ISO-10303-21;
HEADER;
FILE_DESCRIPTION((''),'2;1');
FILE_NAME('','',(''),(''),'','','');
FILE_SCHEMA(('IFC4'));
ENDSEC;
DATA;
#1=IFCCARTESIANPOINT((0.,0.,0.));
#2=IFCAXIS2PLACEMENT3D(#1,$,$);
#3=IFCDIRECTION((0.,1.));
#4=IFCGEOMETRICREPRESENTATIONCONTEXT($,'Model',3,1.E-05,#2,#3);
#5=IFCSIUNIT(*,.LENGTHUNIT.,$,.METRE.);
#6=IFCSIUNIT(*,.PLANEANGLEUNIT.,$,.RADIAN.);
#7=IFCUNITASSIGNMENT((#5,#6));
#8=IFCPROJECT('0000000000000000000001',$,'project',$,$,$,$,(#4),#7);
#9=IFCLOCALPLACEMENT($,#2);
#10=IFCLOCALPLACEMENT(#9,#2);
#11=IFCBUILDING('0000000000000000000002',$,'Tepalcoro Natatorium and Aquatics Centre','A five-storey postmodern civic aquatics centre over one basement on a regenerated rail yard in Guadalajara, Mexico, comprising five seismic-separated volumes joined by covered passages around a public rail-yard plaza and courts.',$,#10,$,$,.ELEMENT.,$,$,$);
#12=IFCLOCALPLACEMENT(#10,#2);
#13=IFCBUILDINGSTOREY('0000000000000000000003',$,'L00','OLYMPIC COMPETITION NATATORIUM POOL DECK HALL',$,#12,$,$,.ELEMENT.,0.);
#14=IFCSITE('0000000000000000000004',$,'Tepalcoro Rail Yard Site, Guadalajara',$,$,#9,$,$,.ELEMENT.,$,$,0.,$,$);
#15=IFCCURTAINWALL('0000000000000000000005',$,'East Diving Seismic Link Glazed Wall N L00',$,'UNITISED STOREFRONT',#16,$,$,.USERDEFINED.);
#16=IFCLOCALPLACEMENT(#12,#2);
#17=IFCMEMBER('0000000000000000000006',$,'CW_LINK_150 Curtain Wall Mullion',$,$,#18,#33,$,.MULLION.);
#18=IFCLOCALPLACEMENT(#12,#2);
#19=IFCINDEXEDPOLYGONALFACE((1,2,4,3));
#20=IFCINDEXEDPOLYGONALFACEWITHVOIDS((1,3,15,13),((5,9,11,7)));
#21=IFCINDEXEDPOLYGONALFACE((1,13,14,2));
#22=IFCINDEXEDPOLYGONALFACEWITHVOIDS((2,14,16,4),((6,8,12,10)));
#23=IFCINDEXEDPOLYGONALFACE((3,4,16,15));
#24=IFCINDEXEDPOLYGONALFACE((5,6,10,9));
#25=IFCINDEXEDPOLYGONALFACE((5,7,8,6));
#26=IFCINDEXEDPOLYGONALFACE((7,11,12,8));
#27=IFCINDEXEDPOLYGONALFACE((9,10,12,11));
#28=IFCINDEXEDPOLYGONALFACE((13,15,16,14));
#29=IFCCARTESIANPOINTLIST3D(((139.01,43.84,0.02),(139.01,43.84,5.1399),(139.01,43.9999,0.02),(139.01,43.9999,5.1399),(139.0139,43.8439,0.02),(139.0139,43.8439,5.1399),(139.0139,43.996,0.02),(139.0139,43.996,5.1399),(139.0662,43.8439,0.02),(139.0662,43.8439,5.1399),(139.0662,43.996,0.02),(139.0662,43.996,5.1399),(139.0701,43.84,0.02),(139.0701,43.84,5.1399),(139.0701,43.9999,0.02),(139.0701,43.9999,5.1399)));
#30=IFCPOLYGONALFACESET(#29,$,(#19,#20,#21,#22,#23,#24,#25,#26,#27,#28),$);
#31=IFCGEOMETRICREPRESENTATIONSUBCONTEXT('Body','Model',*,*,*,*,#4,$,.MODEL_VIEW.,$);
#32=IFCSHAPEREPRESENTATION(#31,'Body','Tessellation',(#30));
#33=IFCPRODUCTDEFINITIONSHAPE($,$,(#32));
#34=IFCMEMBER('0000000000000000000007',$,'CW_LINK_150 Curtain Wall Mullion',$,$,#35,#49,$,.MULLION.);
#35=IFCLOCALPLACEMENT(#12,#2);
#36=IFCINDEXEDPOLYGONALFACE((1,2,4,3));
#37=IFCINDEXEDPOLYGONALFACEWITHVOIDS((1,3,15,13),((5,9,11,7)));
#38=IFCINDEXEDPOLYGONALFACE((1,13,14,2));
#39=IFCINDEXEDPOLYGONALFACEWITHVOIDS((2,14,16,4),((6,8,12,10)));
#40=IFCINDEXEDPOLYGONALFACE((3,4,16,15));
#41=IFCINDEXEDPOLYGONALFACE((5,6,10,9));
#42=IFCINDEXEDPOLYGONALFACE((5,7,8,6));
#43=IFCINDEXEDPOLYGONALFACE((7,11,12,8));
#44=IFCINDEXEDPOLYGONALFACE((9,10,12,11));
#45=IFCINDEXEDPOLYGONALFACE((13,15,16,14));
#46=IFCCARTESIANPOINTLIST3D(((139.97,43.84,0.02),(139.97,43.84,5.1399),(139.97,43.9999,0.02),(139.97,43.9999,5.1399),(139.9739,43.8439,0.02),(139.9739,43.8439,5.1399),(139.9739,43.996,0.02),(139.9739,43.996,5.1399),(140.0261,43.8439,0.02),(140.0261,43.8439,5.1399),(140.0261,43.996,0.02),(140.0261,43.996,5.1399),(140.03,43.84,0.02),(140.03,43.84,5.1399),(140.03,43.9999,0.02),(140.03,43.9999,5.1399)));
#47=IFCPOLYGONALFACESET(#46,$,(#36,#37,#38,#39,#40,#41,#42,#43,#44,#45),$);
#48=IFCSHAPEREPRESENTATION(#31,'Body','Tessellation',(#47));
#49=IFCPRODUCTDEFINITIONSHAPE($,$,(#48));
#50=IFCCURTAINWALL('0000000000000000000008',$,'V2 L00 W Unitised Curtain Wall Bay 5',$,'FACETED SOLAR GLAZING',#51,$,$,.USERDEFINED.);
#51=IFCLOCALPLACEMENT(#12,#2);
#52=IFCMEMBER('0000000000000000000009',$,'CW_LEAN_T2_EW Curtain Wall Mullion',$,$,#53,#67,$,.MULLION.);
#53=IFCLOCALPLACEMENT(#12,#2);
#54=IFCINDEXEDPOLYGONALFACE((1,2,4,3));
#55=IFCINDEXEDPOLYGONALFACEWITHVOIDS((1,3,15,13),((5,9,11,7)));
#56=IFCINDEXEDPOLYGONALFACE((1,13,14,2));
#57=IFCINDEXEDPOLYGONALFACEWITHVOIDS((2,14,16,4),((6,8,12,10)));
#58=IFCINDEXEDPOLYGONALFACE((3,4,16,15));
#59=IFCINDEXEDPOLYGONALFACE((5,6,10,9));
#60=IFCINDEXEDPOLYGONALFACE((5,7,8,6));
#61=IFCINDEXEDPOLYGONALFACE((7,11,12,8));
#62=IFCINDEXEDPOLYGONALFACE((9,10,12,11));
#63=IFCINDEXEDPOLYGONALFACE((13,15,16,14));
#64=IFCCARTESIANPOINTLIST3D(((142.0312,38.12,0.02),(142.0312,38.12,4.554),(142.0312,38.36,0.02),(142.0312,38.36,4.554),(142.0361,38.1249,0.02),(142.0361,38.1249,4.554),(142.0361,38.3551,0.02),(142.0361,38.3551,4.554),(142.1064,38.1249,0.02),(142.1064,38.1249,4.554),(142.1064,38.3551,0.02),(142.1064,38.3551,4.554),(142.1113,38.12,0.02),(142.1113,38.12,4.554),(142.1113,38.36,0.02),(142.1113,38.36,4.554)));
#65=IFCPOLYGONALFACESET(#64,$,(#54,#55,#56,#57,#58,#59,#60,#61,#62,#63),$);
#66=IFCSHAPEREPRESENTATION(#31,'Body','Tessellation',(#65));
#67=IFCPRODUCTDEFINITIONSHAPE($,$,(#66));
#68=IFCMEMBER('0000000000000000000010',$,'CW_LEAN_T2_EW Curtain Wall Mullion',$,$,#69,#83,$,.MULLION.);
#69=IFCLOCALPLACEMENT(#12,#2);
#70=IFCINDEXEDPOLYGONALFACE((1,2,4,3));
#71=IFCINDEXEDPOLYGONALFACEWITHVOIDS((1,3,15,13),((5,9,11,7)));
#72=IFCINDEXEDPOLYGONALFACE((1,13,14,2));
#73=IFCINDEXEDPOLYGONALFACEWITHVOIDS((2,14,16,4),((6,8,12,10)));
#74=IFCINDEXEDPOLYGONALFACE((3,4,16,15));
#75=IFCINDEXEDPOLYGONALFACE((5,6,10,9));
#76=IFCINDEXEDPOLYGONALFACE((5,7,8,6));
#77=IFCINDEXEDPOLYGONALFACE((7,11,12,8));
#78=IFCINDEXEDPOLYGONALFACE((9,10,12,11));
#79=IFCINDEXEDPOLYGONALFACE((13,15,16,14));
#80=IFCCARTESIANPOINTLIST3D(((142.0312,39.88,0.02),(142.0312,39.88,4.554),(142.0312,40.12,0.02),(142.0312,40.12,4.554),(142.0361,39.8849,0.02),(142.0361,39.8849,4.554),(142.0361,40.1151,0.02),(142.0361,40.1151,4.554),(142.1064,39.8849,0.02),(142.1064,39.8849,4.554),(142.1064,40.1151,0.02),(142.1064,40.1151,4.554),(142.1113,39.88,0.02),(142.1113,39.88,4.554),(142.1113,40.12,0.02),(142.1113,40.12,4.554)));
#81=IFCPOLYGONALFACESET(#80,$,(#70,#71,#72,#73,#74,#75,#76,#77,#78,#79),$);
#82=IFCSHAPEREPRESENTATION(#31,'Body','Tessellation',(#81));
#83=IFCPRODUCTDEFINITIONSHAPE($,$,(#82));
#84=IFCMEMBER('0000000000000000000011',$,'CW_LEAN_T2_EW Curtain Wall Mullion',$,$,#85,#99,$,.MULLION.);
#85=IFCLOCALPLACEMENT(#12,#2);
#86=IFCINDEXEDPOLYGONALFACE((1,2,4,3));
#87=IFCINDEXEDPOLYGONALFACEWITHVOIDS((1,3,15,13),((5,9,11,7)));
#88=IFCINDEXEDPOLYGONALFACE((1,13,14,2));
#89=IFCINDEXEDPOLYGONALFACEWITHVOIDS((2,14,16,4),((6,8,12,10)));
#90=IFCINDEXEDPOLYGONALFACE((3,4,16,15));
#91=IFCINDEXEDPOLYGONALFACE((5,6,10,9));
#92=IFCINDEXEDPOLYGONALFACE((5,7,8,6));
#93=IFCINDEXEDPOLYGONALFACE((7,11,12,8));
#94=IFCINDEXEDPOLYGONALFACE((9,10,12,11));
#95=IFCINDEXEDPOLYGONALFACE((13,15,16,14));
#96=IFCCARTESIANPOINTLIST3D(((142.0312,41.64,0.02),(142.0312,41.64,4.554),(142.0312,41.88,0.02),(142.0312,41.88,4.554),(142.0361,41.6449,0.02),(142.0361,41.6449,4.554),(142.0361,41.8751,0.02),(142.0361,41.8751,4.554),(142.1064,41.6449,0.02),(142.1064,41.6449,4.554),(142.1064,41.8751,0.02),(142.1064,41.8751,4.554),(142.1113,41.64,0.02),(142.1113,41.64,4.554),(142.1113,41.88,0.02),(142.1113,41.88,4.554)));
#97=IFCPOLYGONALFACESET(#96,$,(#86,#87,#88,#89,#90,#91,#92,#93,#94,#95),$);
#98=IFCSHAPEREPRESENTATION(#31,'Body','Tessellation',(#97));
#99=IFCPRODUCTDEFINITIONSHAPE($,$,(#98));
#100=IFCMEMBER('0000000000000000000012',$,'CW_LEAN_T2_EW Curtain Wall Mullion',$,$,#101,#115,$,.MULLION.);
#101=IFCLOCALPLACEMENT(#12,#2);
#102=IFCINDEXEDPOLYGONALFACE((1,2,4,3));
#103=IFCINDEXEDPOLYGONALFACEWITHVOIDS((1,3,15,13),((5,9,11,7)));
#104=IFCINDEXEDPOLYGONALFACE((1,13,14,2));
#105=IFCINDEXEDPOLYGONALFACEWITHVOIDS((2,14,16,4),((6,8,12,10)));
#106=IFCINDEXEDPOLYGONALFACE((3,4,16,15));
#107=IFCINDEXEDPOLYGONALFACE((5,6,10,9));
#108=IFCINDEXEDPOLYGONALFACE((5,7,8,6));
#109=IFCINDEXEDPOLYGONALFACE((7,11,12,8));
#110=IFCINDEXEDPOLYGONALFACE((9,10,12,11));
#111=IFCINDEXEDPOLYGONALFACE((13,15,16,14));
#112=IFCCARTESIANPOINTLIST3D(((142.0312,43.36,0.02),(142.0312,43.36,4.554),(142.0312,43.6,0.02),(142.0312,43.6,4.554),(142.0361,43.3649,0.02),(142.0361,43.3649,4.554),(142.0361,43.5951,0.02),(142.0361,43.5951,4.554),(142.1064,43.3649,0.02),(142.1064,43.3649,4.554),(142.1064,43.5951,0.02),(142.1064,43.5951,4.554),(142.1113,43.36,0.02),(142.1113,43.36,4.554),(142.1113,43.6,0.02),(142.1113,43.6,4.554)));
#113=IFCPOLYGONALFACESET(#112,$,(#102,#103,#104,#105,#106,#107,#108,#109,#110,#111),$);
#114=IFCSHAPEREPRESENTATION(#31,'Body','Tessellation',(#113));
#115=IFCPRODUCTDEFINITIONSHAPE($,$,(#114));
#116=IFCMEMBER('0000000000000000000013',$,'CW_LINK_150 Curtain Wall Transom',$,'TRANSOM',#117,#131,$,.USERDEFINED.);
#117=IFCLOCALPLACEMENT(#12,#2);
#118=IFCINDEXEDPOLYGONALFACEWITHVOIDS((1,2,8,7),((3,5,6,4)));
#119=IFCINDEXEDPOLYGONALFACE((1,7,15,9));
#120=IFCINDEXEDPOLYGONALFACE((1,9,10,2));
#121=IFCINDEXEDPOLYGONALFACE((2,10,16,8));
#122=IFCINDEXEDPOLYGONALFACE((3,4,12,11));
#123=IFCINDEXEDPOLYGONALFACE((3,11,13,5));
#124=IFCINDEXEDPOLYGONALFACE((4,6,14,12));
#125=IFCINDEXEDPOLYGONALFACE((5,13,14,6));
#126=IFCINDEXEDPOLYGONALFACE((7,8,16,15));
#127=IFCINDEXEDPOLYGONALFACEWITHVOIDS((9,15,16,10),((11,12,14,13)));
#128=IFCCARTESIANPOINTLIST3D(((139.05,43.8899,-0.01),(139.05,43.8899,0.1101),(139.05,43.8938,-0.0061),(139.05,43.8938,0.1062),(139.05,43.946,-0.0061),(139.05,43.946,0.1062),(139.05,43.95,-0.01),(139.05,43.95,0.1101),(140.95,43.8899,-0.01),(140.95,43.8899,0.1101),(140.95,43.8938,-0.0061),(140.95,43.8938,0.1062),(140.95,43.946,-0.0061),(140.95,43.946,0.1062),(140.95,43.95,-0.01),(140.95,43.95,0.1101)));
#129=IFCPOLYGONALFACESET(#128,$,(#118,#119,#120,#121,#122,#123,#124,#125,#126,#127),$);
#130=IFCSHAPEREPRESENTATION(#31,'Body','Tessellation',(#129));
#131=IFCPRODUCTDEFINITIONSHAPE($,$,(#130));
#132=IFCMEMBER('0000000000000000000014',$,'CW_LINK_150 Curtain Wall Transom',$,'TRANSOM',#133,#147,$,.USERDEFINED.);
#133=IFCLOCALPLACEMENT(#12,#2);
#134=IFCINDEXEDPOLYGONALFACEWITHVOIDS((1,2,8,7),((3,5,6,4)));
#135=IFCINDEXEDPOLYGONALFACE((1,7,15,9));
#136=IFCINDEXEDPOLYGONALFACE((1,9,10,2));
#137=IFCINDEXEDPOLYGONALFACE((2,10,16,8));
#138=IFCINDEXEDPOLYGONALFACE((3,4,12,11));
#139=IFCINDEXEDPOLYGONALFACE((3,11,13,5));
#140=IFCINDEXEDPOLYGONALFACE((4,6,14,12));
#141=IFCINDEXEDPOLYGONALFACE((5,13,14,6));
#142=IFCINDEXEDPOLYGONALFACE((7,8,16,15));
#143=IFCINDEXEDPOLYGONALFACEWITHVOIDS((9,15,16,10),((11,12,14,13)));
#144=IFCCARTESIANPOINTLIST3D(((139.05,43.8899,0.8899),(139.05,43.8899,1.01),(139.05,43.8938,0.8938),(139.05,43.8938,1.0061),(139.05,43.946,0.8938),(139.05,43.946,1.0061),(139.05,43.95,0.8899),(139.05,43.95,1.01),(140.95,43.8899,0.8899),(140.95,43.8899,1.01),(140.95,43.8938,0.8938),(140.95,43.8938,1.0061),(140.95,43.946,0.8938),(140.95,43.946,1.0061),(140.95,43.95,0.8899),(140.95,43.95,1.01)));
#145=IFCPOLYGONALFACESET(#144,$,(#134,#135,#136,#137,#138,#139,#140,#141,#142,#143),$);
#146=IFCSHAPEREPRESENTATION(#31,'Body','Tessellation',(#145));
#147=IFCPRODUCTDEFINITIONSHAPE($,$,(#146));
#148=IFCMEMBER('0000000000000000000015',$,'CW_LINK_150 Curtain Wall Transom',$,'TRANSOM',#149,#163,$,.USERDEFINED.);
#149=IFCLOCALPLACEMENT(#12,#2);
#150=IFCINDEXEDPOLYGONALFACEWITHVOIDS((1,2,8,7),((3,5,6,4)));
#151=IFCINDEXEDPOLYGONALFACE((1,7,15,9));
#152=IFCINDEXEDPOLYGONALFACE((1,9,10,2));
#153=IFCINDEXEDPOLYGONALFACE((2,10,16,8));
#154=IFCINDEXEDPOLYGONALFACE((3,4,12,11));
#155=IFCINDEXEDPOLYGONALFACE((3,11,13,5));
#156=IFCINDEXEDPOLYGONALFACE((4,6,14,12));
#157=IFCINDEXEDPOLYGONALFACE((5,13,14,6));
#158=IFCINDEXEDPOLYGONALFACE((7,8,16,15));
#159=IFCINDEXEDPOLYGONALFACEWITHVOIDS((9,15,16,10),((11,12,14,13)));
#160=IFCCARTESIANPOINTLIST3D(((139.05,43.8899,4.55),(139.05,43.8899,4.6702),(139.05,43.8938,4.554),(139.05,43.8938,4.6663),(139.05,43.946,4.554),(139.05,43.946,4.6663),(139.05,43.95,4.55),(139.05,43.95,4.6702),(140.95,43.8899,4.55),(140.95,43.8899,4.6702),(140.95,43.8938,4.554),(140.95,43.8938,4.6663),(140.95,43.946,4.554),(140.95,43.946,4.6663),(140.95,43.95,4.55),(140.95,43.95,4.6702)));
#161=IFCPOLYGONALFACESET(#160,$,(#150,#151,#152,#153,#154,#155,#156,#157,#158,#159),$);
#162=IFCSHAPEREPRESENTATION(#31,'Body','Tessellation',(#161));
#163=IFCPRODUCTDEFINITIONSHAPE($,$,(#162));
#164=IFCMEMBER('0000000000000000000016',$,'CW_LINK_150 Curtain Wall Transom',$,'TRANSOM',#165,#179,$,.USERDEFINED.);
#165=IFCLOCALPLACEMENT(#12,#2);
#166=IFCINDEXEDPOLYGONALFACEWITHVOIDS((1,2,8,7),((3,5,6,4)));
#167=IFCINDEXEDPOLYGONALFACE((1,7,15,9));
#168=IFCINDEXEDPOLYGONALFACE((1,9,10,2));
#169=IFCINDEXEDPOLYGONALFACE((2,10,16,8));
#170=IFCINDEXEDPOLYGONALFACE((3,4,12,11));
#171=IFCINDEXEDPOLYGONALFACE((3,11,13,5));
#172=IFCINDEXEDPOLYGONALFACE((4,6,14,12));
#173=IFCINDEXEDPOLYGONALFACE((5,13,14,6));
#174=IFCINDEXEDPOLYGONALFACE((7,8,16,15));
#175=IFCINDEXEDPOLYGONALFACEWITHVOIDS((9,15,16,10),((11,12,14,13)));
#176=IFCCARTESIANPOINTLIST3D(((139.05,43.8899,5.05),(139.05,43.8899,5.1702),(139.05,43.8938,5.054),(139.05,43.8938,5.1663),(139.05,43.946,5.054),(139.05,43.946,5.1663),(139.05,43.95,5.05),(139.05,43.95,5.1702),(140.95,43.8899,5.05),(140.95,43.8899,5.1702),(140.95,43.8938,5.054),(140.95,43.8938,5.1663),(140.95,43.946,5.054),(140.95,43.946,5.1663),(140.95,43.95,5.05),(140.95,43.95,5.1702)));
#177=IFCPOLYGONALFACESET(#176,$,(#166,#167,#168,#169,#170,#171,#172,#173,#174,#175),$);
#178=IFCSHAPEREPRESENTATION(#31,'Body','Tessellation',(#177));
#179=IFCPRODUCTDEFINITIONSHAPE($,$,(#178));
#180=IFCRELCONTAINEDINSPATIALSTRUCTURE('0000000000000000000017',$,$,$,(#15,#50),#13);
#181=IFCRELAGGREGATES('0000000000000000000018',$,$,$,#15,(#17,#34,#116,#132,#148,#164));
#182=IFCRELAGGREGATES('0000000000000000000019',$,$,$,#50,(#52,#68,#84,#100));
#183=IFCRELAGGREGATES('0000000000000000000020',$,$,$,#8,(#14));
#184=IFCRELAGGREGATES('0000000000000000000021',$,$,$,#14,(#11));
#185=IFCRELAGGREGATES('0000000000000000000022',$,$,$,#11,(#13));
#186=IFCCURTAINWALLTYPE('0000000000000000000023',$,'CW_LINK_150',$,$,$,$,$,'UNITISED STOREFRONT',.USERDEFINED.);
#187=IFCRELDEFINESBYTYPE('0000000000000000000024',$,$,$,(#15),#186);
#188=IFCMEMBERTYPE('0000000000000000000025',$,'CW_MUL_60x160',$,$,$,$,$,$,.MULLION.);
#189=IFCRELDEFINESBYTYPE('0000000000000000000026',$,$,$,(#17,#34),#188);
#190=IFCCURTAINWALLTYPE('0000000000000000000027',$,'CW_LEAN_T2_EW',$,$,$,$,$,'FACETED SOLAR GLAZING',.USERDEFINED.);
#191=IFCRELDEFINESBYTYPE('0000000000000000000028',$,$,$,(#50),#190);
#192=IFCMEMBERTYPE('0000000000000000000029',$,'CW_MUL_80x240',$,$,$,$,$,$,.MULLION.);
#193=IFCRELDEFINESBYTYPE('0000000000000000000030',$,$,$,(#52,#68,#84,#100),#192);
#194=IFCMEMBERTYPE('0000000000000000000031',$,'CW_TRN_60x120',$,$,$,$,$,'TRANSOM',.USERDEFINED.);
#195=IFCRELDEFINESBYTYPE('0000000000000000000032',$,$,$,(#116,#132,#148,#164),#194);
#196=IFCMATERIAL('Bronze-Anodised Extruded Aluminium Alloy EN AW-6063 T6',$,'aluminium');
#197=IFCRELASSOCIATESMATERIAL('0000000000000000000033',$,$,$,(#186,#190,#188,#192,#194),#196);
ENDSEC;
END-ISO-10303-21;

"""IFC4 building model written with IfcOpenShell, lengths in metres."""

from ifc_helpers import new_model, si_unit, direction, frame, origin, origin_2d, place, context, subcontext, project, spatial, hollow_rectangle, extrude, material, material_profile, profile_set, type_object, element, aggregate, save


model = new_model("IFC4")

# Units and contexts
model_context = context("Model", 3, precision=1e-05, world=origin(), true_north=direction((0.0, 1.0)))
body_context = subcontext(model_context, "Body", "Model", "MODEL_VIEW")
ifc_project = project(units=[si_unit("LENGTHUNIT", "METRE"), si_unit("PLANEANGLEUNIT", "RADIAN")], contexts=[model_context])

# Site, building, storey
site_placement = place(None, origin())
site = spatial("IfcSite", under=ifc_project, at=site_placement, Name="Tepalcoro Rail Yard Site, Guadalajara", CompositionType="ELEMENT", RefElevation=0.0)
building_placement = place(site_placement, origin())
building = spatial("IfcBuilding", under=site, at=building_placement, Name="Tepalcoro Natatorium and Aquatics Centre", Description="A five-storey postmodern civic aquatics centre over one basement on a regenerated rail yard in Guadalajara, Mexico, comprising five seismic-separated volumes joined by covered passages around a public rail-yard plaza and courts.", CompositionType="ELEMENT")
storey_placement = place(building_placement, origin())
storey = spatial("IfcBuildingStorey", under=building, at=storey_placement, Name="L00", Description="OLYMPIC COMPETITION NATATORIUM POOL DECK HALL", CompositionType="ELEMENT", Elevation=0.0)

# Curtain walls, members
ifc_material_1 = material(Name="Bronze-Anodised Extruded Aluminium Alloy EN AW-6063 T6", Category="aluminium")
curtain_wall_type_1 = type_object("IfcCurtainWallType", Name="CW_LINK_150", ElementType="UNITISED STOREFRONT", PredefinedType="USERDEFINED", material=ifc_material_1)
curtain_wall_1_placement = place(storey_placement, origin())
curtain_wall_1 = element("IfcCurtainWall", 1, at=curtain_wall_1_placement, inside=storey, type_object=curtain_wall_type_1, Name="East Diving Seismic Link Glazed Wall N L00", ObjectType="UNITISED STOREFRONT", PredefinedType="USERDEFINED")
ifc_material_profile_1 = material_profile(ifc_material_1, hollow_rectangle(XDim=0.0601, YDim=0.1599, WallThickness=0.0039, at=origin_2d()), Name="AL60X160X4")
ifc_profile_set_1 = profile_set([ifc_material_profile_1], Name="Bronze-Anodised Extruded Aluminium Alloy EN AW-6063 T6")
member_type_1 = type_object("IfcMemberType", Name="CW_MUL_60x160", PredefinedType="MULLION", material=ifc_profile_set_1)
member_1_placement = place(storey_placement, frame((139.04, 43.9199, 0.02), z_axis=(0.0, 0.0, 1.0), x_axis=(1.0, 0.0, 0.0)))
member_1 = element("IfcMember", 2, at=member_1_placement, type_object=member_type_1, Name="CW_LINK_150 Curtain Wall Mullion", PredefinedType="MULLION", context=body_context, shape_type="SweptSolid", body=[
    extrude(hollow_rectangle(XDim=0.0601, YDim=0.1599, WallThickness=0.0039, at=origin_2d()), origin(), (0.0, 0.0, 1.0), 5.1199),
])
member_2_placement = place(storey_placement, frame((140.0, 43.9199, 0.02), z_axis=(0.0, 0.0, 1.0), x_axis=(1.0, 0.0, 0.0)))
member_2 = element("IfcMember", 3, at=member_2_placement, type_object=member_type_1, Name="CW_LINK_150 Curtain Wall Mullion", PredefinedType="MULLION", context=body_context, shape_type="SweptSolid", body=[
    extrude(hollow_rectangle(XDim=0.0601, YDim=0.1599, WallThickness=0.0039, at=origin_2d()), origin(), (0.0, 0.0, 1.0), 5.1199),
])
curtain_wall_type_2 = type_object("IfcCurtainWallType", Name="CW_LEAN_T2_EW", ElementType="FACETED SOLAR GLAZING", PredefinedType="USERDEFINED", material=ifc_material_1)
curtain_wall_2_placement = place(storey_placement, origin())
curtain_wall_2 = element("IfcCurtainWall", 4, at=curtain_wall_2_placement, inside=storey, type_object=curtain_wall_type_2, Name="V2 L00 W Unitised Curtain Wall Bay 5", ObjectType="FACETED SOLAR GLAZING", PredefinedType="USERDEFINED")
ifc_material_profile_2 = material_profile(ifc_material_1, hollow_rectangle(XDim=0.0801, YDim=0.24, WallThickness=0.0049, at=origin_2d()), Name="AL80X240X5")
ifc_profile_set_2 = profile_set([ifc_material_profile_2], Name="Bronze-Anodised Extruded Aluminium Alloy EN AW-6063 T6")
member_type_2 = type_object("IfcMemberType", Name="CW_MUL_80x240", PredefinedType="MULLION", material=ifc_profile_set_2)
member_3_placement = place(storey_placement, frame((142.0713, 38.24, 0.02), z_axis=(0.0, 0.0, 1.0), x_axis=(1.0, 0.0, 0.0)))
member_3 = element("IfcMember", 5, at=member_3_placement, type_object=member_type_2, Name="CW_LEAN_T2_EW Curtain Wall Mullion", PredefinedType="MULLION", context=body_context, shape_type="SweptSolid", body=[
    extrude(hollow_rectangle(XDim=0.0801, YDim=0.24, WallThickness=0.0049, at=origin_2d()), origin(), (0.0, 0.0, 1.0), 4.5339),
])
member_4_placement = place(storey_placement, frame((142.0713, 40.0, 0.02), z_axis=(0.0, 0.0, 1.0), x_axis=(1.0, 0.0, 0.0)))
member_4 = element("IfcMember", 6, at=member_4_placement, type_object=member_type_2, Name="CW_LEAN_T2_EW Curtain Wall Mullion", PredefinedType="MULLION", context=body_context, shape_type="SweptSolid", body=[
    extrude(hollow_rectangle(XDim=0.0801, YDim=0.24, WallThickness=0.0049, at=origin_2d()), origin(), (0.0, 0.0, 1.0), 4.5339),
])
member_5_placement = place(storey_placement, frame((142.0713, 41.76, 0.02), z_axis=(0.0, 0.0, 1.0), x_axis=(1.0, 0.0, 0.0)))
member_5 = element("IfcMember", 7, at=member_5_placement, type_object=member_type_2, Name="CW_LEAN_T2_EW Curtain Wall Mullion", PredefinedType="MULLION", context=body_context, shape_type="SweptSolid", body=[
    extrude(hollow_rectangle(XDim=0.0801, YDim=0.24, WallThickness=0.0049, at=origin_2d()), origin(), (0.0, 0.0, 1.0), 4.5339),
])
member_6_placement = place(storey_placement, frame((142.0713, 43.48, 0.02), z_axis=(0.0, 0.0, 1.0), x_axis=(1.0, 0.0, 0.0)))
member_6 = element("IfcMember", 8, at=member_6_placement, type_object=member_type_2, Name="CW_LEAN_T2_EW Curtain Wall Mullion", PredefinedType="MULLION", context=body_context, shape_type="SweptSolid", body=[
    extrude(hollow_rectangle(XDim=0.0801, YDim=0.24, WallThickness=0.0049, at=origin_2d()), origin(), (0.0, 0.0, 1.0), 4.5339),
])

# Members
ifc_material_profile_3 = material_profile(ifc_material_1, hollow_rectangle(XDim=0.0601, YDim=0.1201, WallThickness=0.0039, at=origin_2d()), Name="AL60X120X4")
ifc_profile_set_3 = profile_set([ifc_material_profile_3], Name="Bronze-Anodised Extruded Aluminium Alloy EN AW-6063 T6")
member_type_3 = type_object("IfcMemberType", Name="CW_TRN_60x120", ElementType="TRANSOM", PredefinedType="USERDEFINED", material=ifc_profile_set_3)
member_7_placement = place(storey_placement, frame((139.05, 43.9199, 0.05), z_axis=(1.0, 0.0, 0.0), x_axis=(0.0, 1.0, 0.0)))
member_7 = element("IfcMember", 9, at=member_7_placement, type_object=member_type_3, Name="CW_LINK_150 Curtain Wall Transom", ObjectType="TRANSOM", PredefinedType="USERDEFINED", context=body_context, shape_type="SweptSolid", body=[
    extrude(hollow_rectangle(XDim=0.0601, YDim=0.1201, WallThickness=0.0039, at=origin_2d()), origin(), (0.0, 0.0, 1.0), 1.8999),
])
member_8_placement = place(storey_placement, frame((139.05, 43.9199, 0.95), z_axis=(1.0, 0.0, 0.0), x_axis=(0.0, 1.0, 0.0)))
member_8 = element("IfcMember", 10, at=member_8_placement, type_object=member_type_3, Name="CW_LINK_150 Curtain Wall Transom", ObjectType="TRANSOM", PredefinedType="USERDEFINED", context=body_context, shape_type="SweptSolid", body=[
    extrude(hollow_rectangle(XDim=0.0601, YDim=0.1201, WallThickness=0.0039, at=origin_2d()), origin(), (0.0, 0.0, 1.0), 1.8999),
])
member_9_placement = place(storey_placement, frame((139.05, 43.9199, 4.6101), z_axis=(1.0, 0.0, 0.0), x_axis=(0.0, 1.0, 0.0)))
member_9 = element("IfcMember", 11, at=member_9_placement, type_object=member_type_3, Name="CW_LINK_150 Curtain Wall Transom", ObjectType="TRANSOM", PredefinedType="USERDEFINED", context=body_context, shape_type="SweptSolid", body=[
    extrude(hollow_rectangle(XDim=0.0601, YDim=0.1201, WallThickness=0.0039, at=origin_2d()), origin(), (0.0, 0.0, 1.0), 1.8999),
])
member_10_placement = place(storey_placement, frame((139.05, 43.9199, 5.1101), z_axis=(1.0, 0.0, 0.0), x_axis=(0.0, 1.0, 0.0)))
member_10 = element("IfcMember", 12, at=member_10_placement, type_object=member_type_3, Name="CW_LINK_150 Curtain Wall Transom", ObjectType="TRANSOM", PredefinedType="USERDEFINED", context=body_context, shape_type="SweptSolid", body=[
    extrude(hollow_rectangle(XDim=0.0601, YDim=0.1201, WallThickness=0.0039, at=origin_2d()), origin(), (0.0, 0.0, 1.0), 1.8999),
])

aggregate(curtain_wall_1, [member_1, member_2, member_7, member_8, member_9, member_10])
aggregate(curtain_wall_2, [member_3, member_4, member_5, member_6])

save(model, "model.ifc")
